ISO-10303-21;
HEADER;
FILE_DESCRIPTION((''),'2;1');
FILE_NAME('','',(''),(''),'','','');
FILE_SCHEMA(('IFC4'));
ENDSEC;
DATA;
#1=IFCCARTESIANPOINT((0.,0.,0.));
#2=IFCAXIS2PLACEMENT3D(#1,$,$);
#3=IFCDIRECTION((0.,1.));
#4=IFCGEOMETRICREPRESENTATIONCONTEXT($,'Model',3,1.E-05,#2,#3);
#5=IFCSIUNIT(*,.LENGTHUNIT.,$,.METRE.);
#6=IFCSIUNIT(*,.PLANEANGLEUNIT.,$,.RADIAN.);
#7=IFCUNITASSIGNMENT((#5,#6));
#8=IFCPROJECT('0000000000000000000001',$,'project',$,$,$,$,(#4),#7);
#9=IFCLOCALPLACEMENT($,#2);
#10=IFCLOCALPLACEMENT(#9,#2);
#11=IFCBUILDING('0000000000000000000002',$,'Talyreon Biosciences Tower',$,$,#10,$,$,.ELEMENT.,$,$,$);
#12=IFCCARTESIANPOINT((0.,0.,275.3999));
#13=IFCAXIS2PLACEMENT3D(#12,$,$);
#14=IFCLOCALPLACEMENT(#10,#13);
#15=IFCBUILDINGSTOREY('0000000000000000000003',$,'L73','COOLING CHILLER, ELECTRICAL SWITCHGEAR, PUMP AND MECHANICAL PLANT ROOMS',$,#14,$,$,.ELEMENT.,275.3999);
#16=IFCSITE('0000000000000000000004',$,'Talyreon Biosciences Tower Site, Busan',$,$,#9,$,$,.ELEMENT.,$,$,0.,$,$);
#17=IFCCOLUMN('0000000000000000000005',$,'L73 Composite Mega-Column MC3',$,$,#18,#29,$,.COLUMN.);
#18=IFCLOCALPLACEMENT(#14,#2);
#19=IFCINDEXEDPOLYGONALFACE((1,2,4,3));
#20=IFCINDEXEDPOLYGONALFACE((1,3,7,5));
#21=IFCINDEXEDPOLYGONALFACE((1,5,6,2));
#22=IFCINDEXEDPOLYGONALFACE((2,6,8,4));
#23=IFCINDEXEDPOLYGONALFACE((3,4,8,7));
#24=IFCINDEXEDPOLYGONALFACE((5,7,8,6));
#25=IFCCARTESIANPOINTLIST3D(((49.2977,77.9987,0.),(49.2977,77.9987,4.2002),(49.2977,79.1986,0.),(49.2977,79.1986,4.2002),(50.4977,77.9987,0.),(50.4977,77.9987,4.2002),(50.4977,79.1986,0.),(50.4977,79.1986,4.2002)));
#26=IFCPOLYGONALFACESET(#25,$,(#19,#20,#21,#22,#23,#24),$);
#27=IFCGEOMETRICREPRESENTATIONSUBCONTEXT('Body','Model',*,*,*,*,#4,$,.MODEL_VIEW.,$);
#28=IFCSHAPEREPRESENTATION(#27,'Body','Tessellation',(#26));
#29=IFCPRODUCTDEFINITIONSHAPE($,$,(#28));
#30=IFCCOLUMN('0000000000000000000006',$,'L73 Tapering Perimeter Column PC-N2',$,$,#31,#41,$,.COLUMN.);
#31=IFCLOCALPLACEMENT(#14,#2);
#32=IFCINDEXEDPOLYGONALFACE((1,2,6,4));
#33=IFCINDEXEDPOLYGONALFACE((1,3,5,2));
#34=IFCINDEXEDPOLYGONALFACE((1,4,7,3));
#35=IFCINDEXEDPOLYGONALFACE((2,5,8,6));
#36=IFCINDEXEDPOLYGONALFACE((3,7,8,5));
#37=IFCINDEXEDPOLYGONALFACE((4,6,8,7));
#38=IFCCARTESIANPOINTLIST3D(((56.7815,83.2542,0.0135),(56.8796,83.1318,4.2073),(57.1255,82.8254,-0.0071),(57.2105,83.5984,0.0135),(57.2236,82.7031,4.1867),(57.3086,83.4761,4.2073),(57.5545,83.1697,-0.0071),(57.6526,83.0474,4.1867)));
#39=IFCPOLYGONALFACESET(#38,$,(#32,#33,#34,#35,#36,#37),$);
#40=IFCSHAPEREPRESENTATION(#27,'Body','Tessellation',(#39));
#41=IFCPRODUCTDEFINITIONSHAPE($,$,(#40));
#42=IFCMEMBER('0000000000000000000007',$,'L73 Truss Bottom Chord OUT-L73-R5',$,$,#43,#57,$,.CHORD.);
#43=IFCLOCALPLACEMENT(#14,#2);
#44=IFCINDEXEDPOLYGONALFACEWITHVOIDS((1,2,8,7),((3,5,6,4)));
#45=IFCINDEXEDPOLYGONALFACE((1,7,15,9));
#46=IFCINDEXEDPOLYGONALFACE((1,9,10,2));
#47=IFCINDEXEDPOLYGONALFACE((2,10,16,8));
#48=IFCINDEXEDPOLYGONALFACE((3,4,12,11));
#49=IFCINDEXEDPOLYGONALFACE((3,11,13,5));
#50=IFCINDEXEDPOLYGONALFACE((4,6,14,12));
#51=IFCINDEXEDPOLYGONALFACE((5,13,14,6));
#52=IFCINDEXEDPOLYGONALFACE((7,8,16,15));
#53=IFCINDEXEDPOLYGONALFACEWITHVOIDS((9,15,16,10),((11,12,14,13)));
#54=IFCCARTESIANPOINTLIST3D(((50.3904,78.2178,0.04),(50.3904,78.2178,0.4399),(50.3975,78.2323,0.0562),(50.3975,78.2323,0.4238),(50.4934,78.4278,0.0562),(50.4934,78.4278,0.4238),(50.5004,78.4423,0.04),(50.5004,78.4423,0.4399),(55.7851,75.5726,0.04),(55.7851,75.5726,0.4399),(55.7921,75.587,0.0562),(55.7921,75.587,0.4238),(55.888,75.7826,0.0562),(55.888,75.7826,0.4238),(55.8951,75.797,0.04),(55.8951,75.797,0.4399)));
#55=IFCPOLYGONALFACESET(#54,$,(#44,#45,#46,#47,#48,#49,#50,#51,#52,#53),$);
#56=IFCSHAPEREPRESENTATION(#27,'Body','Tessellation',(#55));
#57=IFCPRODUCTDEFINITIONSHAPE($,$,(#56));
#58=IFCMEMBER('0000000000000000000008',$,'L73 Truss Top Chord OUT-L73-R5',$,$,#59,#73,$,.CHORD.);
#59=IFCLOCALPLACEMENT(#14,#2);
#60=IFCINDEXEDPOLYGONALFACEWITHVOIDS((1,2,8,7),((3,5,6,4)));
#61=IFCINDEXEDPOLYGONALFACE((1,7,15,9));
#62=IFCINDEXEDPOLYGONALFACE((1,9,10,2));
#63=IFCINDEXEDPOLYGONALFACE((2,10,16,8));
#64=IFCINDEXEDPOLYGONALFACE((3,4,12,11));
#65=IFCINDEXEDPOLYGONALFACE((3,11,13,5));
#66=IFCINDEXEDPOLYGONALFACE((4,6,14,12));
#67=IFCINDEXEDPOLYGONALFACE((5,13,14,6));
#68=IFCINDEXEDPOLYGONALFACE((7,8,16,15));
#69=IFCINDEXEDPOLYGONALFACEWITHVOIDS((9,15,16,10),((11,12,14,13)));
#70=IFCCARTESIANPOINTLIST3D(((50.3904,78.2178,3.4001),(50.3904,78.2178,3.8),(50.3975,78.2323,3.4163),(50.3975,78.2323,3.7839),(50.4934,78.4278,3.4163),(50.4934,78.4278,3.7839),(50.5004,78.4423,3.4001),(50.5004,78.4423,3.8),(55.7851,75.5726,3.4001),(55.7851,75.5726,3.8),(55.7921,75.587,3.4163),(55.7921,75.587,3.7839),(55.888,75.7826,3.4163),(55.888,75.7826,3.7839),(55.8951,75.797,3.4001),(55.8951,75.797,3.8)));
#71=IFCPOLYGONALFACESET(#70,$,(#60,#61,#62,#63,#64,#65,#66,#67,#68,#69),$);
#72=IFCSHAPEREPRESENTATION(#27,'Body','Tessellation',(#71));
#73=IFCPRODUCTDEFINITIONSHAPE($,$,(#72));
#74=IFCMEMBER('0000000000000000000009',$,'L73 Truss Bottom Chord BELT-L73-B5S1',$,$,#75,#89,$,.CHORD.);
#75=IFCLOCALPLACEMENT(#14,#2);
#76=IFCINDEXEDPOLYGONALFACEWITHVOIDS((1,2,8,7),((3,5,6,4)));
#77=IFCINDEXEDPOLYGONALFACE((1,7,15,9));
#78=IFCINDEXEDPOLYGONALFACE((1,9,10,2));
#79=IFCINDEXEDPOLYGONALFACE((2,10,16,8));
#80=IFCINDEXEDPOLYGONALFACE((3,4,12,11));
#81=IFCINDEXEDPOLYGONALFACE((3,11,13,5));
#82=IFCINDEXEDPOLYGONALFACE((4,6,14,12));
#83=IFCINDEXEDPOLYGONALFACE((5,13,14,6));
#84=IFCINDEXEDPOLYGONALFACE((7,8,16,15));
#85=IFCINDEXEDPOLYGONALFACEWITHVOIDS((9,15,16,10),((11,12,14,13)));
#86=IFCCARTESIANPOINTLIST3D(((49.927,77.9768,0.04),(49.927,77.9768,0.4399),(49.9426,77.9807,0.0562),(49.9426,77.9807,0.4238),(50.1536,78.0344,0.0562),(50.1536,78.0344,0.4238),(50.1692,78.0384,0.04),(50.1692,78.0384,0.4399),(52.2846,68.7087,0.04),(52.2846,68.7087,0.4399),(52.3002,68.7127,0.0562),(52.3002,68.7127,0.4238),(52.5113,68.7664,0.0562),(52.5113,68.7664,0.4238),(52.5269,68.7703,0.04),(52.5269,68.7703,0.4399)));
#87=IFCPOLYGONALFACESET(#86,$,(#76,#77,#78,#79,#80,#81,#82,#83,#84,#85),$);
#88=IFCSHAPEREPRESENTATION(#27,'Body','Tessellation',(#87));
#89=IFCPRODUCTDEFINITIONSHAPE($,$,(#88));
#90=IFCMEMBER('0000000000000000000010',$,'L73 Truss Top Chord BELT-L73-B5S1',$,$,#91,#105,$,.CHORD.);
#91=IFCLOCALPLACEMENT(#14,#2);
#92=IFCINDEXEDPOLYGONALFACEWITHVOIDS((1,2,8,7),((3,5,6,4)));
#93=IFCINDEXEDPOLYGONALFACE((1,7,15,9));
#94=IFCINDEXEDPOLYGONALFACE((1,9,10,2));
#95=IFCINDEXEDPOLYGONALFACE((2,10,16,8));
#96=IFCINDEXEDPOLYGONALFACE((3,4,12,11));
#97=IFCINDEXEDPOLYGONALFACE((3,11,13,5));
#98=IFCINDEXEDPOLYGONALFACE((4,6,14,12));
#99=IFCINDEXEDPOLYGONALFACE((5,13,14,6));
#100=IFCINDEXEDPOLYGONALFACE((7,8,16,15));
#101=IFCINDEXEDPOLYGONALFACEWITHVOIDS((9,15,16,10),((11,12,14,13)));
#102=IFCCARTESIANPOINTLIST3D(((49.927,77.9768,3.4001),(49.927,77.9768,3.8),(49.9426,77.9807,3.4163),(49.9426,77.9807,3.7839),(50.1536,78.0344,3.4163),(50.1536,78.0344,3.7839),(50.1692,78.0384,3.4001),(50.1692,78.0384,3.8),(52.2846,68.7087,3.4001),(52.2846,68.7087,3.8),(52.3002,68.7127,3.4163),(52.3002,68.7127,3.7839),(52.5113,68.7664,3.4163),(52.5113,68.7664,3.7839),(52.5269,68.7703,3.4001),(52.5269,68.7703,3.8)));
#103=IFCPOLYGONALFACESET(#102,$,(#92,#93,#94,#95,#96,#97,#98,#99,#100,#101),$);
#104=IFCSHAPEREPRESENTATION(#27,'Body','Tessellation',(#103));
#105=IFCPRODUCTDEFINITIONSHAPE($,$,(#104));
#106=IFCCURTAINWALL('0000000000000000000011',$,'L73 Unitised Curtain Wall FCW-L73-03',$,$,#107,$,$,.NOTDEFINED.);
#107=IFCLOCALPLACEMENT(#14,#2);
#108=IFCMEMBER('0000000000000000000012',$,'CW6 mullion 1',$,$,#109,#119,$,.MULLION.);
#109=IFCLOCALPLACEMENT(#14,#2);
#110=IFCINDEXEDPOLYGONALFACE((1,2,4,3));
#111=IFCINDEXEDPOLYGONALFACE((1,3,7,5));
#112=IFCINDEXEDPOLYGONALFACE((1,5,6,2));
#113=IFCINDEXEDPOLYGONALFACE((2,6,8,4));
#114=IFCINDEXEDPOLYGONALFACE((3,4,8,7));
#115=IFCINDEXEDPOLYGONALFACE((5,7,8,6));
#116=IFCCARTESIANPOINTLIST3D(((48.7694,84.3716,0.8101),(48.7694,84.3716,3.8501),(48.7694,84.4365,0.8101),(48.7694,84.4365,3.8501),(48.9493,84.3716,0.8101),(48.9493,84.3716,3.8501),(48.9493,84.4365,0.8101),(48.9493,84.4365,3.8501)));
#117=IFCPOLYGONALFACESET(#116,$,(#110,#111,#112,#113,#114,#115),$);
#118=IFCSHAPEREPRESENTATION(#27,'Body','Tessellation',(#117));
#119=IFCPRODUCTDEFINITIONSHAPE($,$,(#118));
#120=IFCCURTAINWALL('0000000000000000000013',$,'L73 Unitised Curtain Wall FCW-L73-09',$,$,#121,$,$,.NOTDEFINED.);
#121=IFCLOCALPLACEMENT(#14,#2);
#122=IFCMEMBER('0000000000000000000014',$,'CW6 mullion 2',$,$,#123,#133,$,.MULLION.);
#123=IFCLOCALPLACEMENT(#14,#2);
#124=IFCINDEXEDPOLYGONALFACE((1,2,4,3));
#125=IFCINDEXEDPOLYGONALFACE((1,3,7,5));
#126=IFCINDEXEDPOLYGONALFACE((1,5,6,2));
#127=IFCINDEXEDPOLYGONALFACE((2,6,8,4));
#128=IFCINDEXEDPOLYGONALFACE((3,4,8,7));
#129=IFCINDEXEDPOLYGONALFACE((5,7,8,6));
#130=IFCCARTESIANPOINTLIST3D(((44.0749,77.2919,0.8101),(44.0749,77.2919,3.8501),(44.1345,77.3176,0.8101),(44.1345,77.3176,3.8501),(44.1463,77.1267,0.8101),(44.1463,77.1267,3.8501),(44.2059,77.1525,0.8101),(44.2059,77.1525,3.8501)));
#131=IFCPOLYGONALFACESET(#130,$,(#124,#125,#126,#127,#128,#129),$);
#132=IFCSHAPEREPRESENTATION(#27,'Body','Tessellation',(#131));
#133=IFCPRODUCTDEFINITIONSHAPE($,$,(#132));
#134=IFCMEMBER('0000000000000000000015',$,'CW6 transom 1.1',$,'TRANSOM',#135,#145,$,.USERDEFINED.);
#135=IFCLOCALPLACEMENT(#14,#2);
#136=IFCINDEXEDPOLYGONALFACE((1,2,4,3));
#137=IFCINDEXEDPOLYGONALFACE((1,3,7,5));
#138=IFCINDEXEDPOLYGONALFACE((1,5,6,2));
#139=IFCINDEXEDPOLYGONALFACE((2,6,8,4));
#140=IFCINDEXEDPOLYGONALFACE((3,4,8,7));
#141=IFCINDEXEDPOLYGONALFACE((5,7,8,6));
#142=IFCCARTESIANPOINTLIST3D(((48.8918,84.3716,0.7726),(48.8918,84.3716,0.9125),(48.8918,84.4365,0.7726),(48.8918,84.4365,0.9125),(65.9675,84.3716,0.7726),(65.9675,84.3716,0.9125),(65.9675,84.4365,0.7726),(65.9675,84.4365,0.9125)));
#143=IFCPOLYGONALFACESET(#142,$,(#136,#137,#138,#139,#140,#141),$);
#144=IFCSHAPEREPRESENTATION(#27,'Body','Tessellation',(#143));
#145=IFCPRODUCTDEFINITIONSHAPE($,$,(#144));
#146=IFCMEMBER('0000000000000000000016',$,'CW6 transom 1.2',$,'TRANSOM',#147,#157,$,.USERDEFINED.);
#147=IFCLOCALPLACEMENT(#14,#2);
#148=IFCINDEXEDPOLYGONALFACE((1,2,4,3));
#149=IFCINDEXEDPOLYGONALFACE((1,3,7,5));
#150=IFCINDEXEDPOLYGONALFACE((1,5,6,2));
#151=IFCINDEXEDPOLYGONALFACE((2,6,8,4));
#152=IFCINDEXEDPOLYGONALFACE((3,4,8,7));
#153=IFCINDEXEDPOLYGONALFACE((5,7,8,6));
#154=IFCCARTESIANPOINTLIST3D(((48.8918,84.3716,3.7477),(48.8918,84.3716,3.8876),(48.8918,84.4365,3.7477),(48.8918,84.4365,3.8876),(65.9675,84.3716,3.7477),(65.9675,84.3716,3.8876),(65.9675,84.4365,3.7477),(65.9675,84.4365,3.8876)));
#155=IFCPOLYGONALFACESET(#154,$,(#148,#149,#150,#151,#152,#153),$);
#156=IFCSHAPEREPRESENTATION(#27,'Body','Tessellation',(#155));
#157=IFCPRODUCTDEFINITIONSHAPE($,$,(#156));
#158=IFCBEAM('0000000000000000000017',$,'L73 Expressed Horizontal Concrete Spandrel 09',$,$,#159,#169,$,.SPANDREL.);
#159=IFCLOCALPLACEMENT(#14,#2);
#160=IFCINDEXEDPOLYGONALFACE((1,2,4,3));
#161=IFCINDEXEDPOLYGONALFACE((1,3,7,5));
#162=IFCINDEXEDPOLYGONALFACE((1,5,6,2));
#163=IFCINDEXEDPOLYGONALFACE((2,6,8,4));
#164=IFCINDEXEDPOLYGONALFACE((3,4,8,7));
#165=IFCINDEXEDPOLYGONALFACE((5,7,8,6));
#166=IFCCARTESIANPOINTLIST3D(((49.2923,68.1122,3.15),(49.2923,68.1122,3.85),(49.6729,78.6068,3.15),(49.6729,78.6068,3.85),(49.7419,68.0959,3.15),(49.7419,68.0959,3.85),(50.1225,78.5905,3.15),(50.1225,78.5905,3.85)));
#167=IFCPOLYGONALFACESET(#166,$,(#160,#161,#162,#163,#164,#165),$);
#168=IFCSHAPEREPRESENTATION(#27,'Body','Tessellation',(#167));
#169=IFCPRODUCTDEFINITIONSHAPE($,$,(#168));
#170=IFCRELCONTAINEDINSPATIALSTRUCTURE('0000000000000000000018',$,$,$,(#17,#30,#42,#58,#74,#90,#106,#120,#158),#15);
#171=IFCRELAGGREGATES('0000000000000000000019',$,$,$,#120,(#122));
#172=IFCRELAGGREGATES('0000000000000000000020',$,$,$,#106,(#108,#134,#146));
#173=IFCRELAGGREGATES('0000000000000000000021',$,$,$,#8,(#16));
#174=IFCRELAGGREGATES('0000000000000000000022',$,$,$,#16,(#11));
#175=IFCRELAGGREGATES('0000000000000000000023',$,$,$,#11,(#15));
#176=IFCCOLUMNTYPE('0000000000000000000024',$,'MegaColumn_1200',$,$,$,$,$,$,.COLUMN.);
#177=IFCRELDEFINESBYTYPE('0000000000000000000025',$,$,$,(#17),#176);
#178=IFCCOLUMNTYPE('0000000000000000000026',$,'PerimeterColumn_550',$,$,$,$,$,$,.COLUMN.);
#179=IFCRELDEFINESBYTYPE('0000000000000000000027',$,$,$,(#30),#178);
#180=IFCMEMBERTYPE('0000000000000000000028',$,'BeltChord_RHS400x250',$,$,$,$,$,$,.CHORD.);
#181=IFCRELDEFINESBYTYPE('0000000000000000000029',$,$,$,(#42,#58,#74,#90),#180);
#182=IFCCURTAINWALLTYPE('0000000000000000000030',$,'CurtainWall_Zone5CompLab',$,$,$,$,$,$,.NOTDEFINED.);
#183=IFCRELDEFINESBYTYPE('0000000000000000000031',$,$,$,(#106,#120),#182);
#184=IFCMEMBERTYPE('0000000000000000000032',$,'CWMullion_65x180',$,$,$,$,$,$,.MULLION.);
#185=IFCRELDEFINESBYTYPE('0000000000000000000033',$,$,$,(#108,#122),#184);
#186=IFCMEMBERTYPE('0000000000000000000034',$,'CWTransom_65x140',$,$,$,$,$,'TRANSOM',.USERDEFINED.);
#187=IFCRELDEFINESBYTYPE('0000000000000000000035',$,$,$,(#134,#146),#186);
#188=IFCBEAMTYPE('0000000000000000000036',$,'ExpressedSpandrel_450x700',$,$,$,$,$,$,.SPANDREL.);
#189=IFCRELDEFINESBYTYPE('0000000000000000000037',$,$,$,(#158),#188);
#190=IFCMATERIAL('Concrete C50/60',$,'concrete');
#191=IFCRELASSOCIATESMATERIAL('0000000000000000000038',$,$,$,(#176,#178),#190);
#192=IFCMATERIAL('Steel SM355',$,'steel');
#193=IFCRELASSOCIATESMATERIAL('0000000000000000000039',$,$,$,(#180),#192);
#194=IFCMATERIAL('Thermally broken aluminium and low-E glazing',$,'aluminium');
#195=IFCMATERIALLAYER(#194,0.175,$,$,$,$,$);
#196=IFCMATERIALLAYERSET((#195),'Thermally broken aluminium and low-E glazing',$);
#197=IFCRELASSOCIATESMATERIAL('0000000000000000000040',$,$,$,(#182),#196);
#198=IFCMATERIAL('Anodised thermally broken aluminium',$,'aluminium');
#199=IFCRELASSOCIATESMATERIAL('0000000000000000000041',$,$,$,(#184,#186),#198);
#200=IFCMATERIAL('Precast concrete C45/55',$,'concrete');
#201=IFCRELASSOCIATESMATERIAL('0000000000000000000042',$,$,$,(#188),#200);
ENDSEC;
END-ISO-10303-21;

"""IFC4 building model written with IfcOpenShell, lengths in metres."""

from ifc_helpers import new_model, si_unit, direction, frame, origin, origin_2d, place, context, subcontext, project, spatial, rectangle, hollow_rectangle, extrude, material, layer, layer_set, material_profile, profile_set, type_object, element, aggregate, save


model = new_model("IFC4")

# Units and contexts
model_context = context("Model", 3, precision=1e-05, world=origin(), true_north=direction((0.0, 1.0)))
body_context = subcontext(model_context, "Body", "Model", "MODEL_VIEW")
ifc_project = project(units=[si_unit("LENGTHUNIT", "METRE"), si_unit("PLANEANGLEUNIT", "RADIAN")], contexts=[model_context])

# Site, building, storey
site_placement = place(None, origin())
site = spatial("IfcSite", under=ifc_project, at=site_placement, Name="Talyreon Biosciences Tower Site, Busan", CompositionType="ELEMENT", RefElevation=0.0)
building_placement = place(site_placement, origin())
building = spatial("IfcBuilding", under=site, at=building_placement, Name="Talyreon Biosciences Tower", CompositionType="ELEMENT")
storey_placement = place(building_placement, frame((0.0, 0.0, 275.3999)))
storey = spatial("IfcBuildingStorey", under=building, at=storey_placement, Name="L73", Description="COOLING CHILLER, ELECTRICAL SWITCHGEAR, PUMP AND MECHANICAL PLANT ROOMS", CompositionType="ELEMENT", Elevation=275.3999)

# Columns
ifc_material_1 = material(Name="Concrete C50/60", Category="concrete")
ifc_material_profile_1 = material_profile(ifc_material_1, rectangle(XDim=1.2, YDim=1.2, at=origin_2d()), Name="RC 1200x1200")
ifc_profile_set_1 = profile_set([ifc_material_profile_1], Name="Concrete C50/60")
column_type_1 = type_object("IfcColumnType", Name="MegaColumn_1200", PredefinedType="COLUMN", material=ifc_profile_set_1)
column_1_placement = place(storey_placement, frame((49.8977, 78.5986, 0.0), z_axis=(0.0, 0.0, 1.0), x_axis=(1.0, 0.0, 0.0)))
element("IfcColumn", 1, at=column_1_placement, inside=storey, type_object=column_type_1, Name="L73 Composite Mega-Column MC3", PredefinedType="COLUMN", context=body_context, shape_type="SweptSolid", body=[
    extrude(rectangle(XDim=1.2, YDim=1.2, at=origin_2d()), origin(), (0.0, 0.0, 1.0), 4.2002),
])
ifc_material_profile_2 = material_profile(ifc_material_1, rectangle(XDim=0.55, YDim=0.55, at=origin_2d()), Name="RC 550x550")
ifc_profile_set_2 = profile_set([ifc_material_profile_2], Name="Concrete C50/60")
column_type_2 = type_object("IfcColumnType", Name="PerimeterColumn_550", PredefinedType="COLUMN", material=ifc_profile_set_2)
column_2_placement = place(storey_placement, frame((57.168, 83.2119, 0.0032), z_axis=(0.023386, -0.029145, 0.999302), x_axis=(-0.779957, -0.625834, 0.0)))
element("IfcColumn", 2, at=column_2_placement, inside=storey, type_object=column_type_2, Name="L73 Tapering Perimeter Column PC-N2", PredefinedType="COLUMN", context=body_context, shape_type="SweptSolid", body=[
    extrude(rectangle(XDim=0.55, YDim=0.55, at=origin_2d()), origin(), (0.0, 0.0, 1.0), 4.1968),
])

# Members
ifc_material_2 = material(Name="Steel SM355", Category="steel")
ifc_material_profile_3 = material_profile(ifc_material_2, hollow_rectangle(XDim=0.25, YDim=0.3999, WallThickness=0.0161, at=origin_2d()), Name="RHS 400x250x16")
ifc_profile_set_3 = profile_set([ifc_material_profile_3], Name="Steel SM355")
member_type_1 = type_object("IfcMemberType", Name="BeltChord_RHS400x250", PredefinedType="CHORD", material=ifc_profile_set_3)
for number, where, z_axis, x_axis, name in (
    (3, (55.8401, 75.6848, 0.24), (-0.89787, 0.44026, 0.0), (-0.44026, -0.89787, 0.0), "L73 Truss Bottom Chord OUT-L73-R5"),
    (4, (55.8401, 75.6848, 3.6001), (-0.89787, 0.44026, 0.0), (-0.44026, -0.89787, 0.0), "L73 Truss Top Chord OUT-L73-R5"),
):
    element("IfcMember", number, at=place(storey_placement, frame(where, z_axis=z_axis, x_axis=x_axis)), inside=storey, type_object=member_type_1, Name=name, PredefinedType="CHORD", context=body_context, shape_type="SweptSolid", body=[
        extrude(hollow_rectangle(XDim=0.25, YDim=0.3999, WallThickness=0.0161, at=origin_2d()), origin(), (0.0, 0.0, 1.0), 6.0083),
    ])
for number, where, z_axis, x_axis, name in (
    (5, (50.0481, 78.0076, 0.24), (0.246534, -0.969134, 0.0), (0.969134, 0.246534, 0.0), "L73 Truss Bottom Chord BELT-L73-B5S1"),
    (6, (50.0481, 78.0076, 3.6001), (0.246534, -0.969134, 0.0), (0.969134, 0.246534, 0.0), "L73 Truss Top Chord BELT-L73-B5S1"),
):
    element("IfcMember", number, at=place(storey_placement, frame(where, z_axis=z_axis, x_axis=x_axis)), inside=storey, type_object=member_type_1, Name=name, PredefinedType="CHORD", context=body_context, shape_type="SweptSolid", body=[
        extrude(hollow_rectangle(XDim=0.25, YDim=0.3999, WallThickness=0.0161, at=origin_2d()), origin(), (0.0, 0.0, 1.0), 9.5632),
    ])

# Curtain walls, members
ifc_material_3 = material(Name="Thermally broken aluminium and low-E glazing", Category="aluminium")
ifc_layer_1 = layer(ifc_material_3, 0.175)
ifc_layer_set_1 = layer_set([ifc_layer_1], Name="Thermally broken aluminium and low-E glazing")
curtain_wall_type = type_object("IfcCurtainWallType", Name="CurtainWall_Zone5CompLab", PredefinedType="NOTDEFINED", material=ifc_layer_set_1)
curtain_wall_1_placement = place(storey_placement, origin())
curtain_wall_1 = element("IfcCurtainWall", 7, at=curtain_wall_1_placement, inside=storey, type_object=curtain_wall_type, Name="L73 Unitised Curtain Wall FCW-L73-03", PredefinedType="NOTDEFINED")
ifc_material_4 = material(Name="Anodised thermally broken aluminium", Category="aluminium")
ifc_material_profile_4 = material_profile(ifc_material_4, rectangle(XDim=0.0649, YDim=0.1799, at=origin_2d()), Name="ALUM MULLION 65x180")
ifc_profile_set_4 = profile_set([ifc_material_profile_4], Name="Anodised thermally broken aluminium")
member_type_2 = type_object("IfcMemberType", Name="CWMullion_65x180", PredefinedType="MULLION", material=ifc_profile_set_4)
member_1_placement = place(storey_placement, frame((48.8594, 84.4041, 0.8101), z_axis=(0.0, 0.0, 1.0), x_axis=(0.0, 1.0, 0.0)))
member_1 = element("IfcMember", 8, at=member_1_placement, type_object=member_type_2, Name="CW6 mullion 1", PredefinedType="MULLION", context=body_context, shape_type="SweptSolid", body=[
    extrude(rectangle(XDim=0.0649, YDim=0.1799, at=origin_2d()), origin(), (0.0, 0.0, 1.0), 3.04),
])
curtain_wall_2_placement = place(storey_placement, origin())
curtain_wall_2 = element("IfcCurtainWall", 9, at=curtain_wall_2_placement, inside=storey, type_object=curtain_wall_type, Name="L73 Unitised Curtain Wall FCW-L73-09", PredefinedType="NOTDEFINED")
member_2_placement = place(storey_placement, frame((44.1404, 77.2222, 0.8101), z_axis=(0.0, 0.0, 1.0), x_axis=(-0.917867, -0.396889, 0.0)))
member_2 = element("IfcMember", 10, at=member_2_placement, type_object=member_type_2, Name="CW6 mullion 2", PredefinedType="MULLION", context=body_context, shape_type="SweptSolid", body=[
    extrude(rectangle(XDim=0.0649, YDim=0.1799, at=origin_2d()), origin(), (0.0, 0.0, 1.0), 3.04),
])
aggregate(curtain_wall_2, [member_2])

# Members
ifc_material_profile_5 = material_profile(ifc_material_4, rectangle(XDim=0.0649, YDim=0.1399, at=origin_2d()), Name="ALUM TRANSOM 65x140")
ifc_profile_set_5 = profile_set([ifc_material_profile_5], Name="Anodised thermally broken aluminium")
member_type_3 = type_object("IfcMemberType", Name="CWTransom_65x140", ElementType="TRANSOM", PredefinedType="USERDEFINED", material=ifc_profile_set_5)
member_3_placement = place(storey_placement, frame((48.8918, 84.4041, 0.8425), z_axis=(1.0, 0.0, 0.0), x_axis=(0.0, 1.0, 0.0)))
member_3 = element("IfcMember", 11, at=member_3_placement, type_object=member_type_3, Name="CW6 transom 1.1", ObjectType="TRANSOM", PredefinedType="USERDEFINED", context=body_context, shape_type="SweptSolid", body=[
    extrude(rectangle(XDim=0.0649, YDim=0.1399, at=origin_2d()), origin(), (0.0, 0.0, 1.0), 17.0757),
])
member_4_placement = place(storey_placement, frame((48.8918, 84.4041, 3.8176), z_axis=(1.0, 0.0, 0.0), x_axis=(0.0, 1.0, 0.0)))
member_4 = element("IfcMember", 12, at=member_4_placement, type_object=member_type_3, Name="CW6 transom 1.2", ObjectType="TRANSOM", PredefinedType="USERDEFINED", context=body_context, shape_type="SweptSolid", body=[
    extrude(rectangle(XDim=0.0649, YDim=0.1399, at=origin_2d()), origin(), (0.0, 0.0, 1.0), 17.0757),
])
aggregate(curtain_wall_1, [member_1, member_3, member_4])

# Beam
ifc_material_5 = material(Name="Precast concrete C45/55", Category="concrete")
ifc_material_profile_6 = material_profile(ifc_material_5, rectangle(XDim=0.45, YDim=0.7, at=origin_2d()), Name="RCB 450x700")
ifc_profile_set_6 = profile_set([ifc_material_profile_6], Name="Precast concrete C45/55")
beam_type_1 = type_object("IfcBeamType", Name="ExpressedSpandrel_450x700", PredefinedType="SPANDREL", material=ifc_profile_set_6)
beam_1_placement = place(storey_placement, frame((49.8977, 78.5986, 3.5), z_axis=(-0.036244, -0.999343, 0.0), x_axis=(0.999343, -0.036244, 0.0)))
element("IfcBeam", 13, at=beam_1_placement, inside=storey, type_object=beam_type_1, Name="L73 Expressed Horizontal Concrete Spandrel 09", PredefinedType="SPANDREL", context=body_context, shape_type="SweptSolid", body=[
    extrude(rectangle(XDim=0.45, YDim=0.7, at=origin_2d()), origin(), (0.0, 0.0, 1.0), 10.5015),
])

save(model, "model.ifc")
